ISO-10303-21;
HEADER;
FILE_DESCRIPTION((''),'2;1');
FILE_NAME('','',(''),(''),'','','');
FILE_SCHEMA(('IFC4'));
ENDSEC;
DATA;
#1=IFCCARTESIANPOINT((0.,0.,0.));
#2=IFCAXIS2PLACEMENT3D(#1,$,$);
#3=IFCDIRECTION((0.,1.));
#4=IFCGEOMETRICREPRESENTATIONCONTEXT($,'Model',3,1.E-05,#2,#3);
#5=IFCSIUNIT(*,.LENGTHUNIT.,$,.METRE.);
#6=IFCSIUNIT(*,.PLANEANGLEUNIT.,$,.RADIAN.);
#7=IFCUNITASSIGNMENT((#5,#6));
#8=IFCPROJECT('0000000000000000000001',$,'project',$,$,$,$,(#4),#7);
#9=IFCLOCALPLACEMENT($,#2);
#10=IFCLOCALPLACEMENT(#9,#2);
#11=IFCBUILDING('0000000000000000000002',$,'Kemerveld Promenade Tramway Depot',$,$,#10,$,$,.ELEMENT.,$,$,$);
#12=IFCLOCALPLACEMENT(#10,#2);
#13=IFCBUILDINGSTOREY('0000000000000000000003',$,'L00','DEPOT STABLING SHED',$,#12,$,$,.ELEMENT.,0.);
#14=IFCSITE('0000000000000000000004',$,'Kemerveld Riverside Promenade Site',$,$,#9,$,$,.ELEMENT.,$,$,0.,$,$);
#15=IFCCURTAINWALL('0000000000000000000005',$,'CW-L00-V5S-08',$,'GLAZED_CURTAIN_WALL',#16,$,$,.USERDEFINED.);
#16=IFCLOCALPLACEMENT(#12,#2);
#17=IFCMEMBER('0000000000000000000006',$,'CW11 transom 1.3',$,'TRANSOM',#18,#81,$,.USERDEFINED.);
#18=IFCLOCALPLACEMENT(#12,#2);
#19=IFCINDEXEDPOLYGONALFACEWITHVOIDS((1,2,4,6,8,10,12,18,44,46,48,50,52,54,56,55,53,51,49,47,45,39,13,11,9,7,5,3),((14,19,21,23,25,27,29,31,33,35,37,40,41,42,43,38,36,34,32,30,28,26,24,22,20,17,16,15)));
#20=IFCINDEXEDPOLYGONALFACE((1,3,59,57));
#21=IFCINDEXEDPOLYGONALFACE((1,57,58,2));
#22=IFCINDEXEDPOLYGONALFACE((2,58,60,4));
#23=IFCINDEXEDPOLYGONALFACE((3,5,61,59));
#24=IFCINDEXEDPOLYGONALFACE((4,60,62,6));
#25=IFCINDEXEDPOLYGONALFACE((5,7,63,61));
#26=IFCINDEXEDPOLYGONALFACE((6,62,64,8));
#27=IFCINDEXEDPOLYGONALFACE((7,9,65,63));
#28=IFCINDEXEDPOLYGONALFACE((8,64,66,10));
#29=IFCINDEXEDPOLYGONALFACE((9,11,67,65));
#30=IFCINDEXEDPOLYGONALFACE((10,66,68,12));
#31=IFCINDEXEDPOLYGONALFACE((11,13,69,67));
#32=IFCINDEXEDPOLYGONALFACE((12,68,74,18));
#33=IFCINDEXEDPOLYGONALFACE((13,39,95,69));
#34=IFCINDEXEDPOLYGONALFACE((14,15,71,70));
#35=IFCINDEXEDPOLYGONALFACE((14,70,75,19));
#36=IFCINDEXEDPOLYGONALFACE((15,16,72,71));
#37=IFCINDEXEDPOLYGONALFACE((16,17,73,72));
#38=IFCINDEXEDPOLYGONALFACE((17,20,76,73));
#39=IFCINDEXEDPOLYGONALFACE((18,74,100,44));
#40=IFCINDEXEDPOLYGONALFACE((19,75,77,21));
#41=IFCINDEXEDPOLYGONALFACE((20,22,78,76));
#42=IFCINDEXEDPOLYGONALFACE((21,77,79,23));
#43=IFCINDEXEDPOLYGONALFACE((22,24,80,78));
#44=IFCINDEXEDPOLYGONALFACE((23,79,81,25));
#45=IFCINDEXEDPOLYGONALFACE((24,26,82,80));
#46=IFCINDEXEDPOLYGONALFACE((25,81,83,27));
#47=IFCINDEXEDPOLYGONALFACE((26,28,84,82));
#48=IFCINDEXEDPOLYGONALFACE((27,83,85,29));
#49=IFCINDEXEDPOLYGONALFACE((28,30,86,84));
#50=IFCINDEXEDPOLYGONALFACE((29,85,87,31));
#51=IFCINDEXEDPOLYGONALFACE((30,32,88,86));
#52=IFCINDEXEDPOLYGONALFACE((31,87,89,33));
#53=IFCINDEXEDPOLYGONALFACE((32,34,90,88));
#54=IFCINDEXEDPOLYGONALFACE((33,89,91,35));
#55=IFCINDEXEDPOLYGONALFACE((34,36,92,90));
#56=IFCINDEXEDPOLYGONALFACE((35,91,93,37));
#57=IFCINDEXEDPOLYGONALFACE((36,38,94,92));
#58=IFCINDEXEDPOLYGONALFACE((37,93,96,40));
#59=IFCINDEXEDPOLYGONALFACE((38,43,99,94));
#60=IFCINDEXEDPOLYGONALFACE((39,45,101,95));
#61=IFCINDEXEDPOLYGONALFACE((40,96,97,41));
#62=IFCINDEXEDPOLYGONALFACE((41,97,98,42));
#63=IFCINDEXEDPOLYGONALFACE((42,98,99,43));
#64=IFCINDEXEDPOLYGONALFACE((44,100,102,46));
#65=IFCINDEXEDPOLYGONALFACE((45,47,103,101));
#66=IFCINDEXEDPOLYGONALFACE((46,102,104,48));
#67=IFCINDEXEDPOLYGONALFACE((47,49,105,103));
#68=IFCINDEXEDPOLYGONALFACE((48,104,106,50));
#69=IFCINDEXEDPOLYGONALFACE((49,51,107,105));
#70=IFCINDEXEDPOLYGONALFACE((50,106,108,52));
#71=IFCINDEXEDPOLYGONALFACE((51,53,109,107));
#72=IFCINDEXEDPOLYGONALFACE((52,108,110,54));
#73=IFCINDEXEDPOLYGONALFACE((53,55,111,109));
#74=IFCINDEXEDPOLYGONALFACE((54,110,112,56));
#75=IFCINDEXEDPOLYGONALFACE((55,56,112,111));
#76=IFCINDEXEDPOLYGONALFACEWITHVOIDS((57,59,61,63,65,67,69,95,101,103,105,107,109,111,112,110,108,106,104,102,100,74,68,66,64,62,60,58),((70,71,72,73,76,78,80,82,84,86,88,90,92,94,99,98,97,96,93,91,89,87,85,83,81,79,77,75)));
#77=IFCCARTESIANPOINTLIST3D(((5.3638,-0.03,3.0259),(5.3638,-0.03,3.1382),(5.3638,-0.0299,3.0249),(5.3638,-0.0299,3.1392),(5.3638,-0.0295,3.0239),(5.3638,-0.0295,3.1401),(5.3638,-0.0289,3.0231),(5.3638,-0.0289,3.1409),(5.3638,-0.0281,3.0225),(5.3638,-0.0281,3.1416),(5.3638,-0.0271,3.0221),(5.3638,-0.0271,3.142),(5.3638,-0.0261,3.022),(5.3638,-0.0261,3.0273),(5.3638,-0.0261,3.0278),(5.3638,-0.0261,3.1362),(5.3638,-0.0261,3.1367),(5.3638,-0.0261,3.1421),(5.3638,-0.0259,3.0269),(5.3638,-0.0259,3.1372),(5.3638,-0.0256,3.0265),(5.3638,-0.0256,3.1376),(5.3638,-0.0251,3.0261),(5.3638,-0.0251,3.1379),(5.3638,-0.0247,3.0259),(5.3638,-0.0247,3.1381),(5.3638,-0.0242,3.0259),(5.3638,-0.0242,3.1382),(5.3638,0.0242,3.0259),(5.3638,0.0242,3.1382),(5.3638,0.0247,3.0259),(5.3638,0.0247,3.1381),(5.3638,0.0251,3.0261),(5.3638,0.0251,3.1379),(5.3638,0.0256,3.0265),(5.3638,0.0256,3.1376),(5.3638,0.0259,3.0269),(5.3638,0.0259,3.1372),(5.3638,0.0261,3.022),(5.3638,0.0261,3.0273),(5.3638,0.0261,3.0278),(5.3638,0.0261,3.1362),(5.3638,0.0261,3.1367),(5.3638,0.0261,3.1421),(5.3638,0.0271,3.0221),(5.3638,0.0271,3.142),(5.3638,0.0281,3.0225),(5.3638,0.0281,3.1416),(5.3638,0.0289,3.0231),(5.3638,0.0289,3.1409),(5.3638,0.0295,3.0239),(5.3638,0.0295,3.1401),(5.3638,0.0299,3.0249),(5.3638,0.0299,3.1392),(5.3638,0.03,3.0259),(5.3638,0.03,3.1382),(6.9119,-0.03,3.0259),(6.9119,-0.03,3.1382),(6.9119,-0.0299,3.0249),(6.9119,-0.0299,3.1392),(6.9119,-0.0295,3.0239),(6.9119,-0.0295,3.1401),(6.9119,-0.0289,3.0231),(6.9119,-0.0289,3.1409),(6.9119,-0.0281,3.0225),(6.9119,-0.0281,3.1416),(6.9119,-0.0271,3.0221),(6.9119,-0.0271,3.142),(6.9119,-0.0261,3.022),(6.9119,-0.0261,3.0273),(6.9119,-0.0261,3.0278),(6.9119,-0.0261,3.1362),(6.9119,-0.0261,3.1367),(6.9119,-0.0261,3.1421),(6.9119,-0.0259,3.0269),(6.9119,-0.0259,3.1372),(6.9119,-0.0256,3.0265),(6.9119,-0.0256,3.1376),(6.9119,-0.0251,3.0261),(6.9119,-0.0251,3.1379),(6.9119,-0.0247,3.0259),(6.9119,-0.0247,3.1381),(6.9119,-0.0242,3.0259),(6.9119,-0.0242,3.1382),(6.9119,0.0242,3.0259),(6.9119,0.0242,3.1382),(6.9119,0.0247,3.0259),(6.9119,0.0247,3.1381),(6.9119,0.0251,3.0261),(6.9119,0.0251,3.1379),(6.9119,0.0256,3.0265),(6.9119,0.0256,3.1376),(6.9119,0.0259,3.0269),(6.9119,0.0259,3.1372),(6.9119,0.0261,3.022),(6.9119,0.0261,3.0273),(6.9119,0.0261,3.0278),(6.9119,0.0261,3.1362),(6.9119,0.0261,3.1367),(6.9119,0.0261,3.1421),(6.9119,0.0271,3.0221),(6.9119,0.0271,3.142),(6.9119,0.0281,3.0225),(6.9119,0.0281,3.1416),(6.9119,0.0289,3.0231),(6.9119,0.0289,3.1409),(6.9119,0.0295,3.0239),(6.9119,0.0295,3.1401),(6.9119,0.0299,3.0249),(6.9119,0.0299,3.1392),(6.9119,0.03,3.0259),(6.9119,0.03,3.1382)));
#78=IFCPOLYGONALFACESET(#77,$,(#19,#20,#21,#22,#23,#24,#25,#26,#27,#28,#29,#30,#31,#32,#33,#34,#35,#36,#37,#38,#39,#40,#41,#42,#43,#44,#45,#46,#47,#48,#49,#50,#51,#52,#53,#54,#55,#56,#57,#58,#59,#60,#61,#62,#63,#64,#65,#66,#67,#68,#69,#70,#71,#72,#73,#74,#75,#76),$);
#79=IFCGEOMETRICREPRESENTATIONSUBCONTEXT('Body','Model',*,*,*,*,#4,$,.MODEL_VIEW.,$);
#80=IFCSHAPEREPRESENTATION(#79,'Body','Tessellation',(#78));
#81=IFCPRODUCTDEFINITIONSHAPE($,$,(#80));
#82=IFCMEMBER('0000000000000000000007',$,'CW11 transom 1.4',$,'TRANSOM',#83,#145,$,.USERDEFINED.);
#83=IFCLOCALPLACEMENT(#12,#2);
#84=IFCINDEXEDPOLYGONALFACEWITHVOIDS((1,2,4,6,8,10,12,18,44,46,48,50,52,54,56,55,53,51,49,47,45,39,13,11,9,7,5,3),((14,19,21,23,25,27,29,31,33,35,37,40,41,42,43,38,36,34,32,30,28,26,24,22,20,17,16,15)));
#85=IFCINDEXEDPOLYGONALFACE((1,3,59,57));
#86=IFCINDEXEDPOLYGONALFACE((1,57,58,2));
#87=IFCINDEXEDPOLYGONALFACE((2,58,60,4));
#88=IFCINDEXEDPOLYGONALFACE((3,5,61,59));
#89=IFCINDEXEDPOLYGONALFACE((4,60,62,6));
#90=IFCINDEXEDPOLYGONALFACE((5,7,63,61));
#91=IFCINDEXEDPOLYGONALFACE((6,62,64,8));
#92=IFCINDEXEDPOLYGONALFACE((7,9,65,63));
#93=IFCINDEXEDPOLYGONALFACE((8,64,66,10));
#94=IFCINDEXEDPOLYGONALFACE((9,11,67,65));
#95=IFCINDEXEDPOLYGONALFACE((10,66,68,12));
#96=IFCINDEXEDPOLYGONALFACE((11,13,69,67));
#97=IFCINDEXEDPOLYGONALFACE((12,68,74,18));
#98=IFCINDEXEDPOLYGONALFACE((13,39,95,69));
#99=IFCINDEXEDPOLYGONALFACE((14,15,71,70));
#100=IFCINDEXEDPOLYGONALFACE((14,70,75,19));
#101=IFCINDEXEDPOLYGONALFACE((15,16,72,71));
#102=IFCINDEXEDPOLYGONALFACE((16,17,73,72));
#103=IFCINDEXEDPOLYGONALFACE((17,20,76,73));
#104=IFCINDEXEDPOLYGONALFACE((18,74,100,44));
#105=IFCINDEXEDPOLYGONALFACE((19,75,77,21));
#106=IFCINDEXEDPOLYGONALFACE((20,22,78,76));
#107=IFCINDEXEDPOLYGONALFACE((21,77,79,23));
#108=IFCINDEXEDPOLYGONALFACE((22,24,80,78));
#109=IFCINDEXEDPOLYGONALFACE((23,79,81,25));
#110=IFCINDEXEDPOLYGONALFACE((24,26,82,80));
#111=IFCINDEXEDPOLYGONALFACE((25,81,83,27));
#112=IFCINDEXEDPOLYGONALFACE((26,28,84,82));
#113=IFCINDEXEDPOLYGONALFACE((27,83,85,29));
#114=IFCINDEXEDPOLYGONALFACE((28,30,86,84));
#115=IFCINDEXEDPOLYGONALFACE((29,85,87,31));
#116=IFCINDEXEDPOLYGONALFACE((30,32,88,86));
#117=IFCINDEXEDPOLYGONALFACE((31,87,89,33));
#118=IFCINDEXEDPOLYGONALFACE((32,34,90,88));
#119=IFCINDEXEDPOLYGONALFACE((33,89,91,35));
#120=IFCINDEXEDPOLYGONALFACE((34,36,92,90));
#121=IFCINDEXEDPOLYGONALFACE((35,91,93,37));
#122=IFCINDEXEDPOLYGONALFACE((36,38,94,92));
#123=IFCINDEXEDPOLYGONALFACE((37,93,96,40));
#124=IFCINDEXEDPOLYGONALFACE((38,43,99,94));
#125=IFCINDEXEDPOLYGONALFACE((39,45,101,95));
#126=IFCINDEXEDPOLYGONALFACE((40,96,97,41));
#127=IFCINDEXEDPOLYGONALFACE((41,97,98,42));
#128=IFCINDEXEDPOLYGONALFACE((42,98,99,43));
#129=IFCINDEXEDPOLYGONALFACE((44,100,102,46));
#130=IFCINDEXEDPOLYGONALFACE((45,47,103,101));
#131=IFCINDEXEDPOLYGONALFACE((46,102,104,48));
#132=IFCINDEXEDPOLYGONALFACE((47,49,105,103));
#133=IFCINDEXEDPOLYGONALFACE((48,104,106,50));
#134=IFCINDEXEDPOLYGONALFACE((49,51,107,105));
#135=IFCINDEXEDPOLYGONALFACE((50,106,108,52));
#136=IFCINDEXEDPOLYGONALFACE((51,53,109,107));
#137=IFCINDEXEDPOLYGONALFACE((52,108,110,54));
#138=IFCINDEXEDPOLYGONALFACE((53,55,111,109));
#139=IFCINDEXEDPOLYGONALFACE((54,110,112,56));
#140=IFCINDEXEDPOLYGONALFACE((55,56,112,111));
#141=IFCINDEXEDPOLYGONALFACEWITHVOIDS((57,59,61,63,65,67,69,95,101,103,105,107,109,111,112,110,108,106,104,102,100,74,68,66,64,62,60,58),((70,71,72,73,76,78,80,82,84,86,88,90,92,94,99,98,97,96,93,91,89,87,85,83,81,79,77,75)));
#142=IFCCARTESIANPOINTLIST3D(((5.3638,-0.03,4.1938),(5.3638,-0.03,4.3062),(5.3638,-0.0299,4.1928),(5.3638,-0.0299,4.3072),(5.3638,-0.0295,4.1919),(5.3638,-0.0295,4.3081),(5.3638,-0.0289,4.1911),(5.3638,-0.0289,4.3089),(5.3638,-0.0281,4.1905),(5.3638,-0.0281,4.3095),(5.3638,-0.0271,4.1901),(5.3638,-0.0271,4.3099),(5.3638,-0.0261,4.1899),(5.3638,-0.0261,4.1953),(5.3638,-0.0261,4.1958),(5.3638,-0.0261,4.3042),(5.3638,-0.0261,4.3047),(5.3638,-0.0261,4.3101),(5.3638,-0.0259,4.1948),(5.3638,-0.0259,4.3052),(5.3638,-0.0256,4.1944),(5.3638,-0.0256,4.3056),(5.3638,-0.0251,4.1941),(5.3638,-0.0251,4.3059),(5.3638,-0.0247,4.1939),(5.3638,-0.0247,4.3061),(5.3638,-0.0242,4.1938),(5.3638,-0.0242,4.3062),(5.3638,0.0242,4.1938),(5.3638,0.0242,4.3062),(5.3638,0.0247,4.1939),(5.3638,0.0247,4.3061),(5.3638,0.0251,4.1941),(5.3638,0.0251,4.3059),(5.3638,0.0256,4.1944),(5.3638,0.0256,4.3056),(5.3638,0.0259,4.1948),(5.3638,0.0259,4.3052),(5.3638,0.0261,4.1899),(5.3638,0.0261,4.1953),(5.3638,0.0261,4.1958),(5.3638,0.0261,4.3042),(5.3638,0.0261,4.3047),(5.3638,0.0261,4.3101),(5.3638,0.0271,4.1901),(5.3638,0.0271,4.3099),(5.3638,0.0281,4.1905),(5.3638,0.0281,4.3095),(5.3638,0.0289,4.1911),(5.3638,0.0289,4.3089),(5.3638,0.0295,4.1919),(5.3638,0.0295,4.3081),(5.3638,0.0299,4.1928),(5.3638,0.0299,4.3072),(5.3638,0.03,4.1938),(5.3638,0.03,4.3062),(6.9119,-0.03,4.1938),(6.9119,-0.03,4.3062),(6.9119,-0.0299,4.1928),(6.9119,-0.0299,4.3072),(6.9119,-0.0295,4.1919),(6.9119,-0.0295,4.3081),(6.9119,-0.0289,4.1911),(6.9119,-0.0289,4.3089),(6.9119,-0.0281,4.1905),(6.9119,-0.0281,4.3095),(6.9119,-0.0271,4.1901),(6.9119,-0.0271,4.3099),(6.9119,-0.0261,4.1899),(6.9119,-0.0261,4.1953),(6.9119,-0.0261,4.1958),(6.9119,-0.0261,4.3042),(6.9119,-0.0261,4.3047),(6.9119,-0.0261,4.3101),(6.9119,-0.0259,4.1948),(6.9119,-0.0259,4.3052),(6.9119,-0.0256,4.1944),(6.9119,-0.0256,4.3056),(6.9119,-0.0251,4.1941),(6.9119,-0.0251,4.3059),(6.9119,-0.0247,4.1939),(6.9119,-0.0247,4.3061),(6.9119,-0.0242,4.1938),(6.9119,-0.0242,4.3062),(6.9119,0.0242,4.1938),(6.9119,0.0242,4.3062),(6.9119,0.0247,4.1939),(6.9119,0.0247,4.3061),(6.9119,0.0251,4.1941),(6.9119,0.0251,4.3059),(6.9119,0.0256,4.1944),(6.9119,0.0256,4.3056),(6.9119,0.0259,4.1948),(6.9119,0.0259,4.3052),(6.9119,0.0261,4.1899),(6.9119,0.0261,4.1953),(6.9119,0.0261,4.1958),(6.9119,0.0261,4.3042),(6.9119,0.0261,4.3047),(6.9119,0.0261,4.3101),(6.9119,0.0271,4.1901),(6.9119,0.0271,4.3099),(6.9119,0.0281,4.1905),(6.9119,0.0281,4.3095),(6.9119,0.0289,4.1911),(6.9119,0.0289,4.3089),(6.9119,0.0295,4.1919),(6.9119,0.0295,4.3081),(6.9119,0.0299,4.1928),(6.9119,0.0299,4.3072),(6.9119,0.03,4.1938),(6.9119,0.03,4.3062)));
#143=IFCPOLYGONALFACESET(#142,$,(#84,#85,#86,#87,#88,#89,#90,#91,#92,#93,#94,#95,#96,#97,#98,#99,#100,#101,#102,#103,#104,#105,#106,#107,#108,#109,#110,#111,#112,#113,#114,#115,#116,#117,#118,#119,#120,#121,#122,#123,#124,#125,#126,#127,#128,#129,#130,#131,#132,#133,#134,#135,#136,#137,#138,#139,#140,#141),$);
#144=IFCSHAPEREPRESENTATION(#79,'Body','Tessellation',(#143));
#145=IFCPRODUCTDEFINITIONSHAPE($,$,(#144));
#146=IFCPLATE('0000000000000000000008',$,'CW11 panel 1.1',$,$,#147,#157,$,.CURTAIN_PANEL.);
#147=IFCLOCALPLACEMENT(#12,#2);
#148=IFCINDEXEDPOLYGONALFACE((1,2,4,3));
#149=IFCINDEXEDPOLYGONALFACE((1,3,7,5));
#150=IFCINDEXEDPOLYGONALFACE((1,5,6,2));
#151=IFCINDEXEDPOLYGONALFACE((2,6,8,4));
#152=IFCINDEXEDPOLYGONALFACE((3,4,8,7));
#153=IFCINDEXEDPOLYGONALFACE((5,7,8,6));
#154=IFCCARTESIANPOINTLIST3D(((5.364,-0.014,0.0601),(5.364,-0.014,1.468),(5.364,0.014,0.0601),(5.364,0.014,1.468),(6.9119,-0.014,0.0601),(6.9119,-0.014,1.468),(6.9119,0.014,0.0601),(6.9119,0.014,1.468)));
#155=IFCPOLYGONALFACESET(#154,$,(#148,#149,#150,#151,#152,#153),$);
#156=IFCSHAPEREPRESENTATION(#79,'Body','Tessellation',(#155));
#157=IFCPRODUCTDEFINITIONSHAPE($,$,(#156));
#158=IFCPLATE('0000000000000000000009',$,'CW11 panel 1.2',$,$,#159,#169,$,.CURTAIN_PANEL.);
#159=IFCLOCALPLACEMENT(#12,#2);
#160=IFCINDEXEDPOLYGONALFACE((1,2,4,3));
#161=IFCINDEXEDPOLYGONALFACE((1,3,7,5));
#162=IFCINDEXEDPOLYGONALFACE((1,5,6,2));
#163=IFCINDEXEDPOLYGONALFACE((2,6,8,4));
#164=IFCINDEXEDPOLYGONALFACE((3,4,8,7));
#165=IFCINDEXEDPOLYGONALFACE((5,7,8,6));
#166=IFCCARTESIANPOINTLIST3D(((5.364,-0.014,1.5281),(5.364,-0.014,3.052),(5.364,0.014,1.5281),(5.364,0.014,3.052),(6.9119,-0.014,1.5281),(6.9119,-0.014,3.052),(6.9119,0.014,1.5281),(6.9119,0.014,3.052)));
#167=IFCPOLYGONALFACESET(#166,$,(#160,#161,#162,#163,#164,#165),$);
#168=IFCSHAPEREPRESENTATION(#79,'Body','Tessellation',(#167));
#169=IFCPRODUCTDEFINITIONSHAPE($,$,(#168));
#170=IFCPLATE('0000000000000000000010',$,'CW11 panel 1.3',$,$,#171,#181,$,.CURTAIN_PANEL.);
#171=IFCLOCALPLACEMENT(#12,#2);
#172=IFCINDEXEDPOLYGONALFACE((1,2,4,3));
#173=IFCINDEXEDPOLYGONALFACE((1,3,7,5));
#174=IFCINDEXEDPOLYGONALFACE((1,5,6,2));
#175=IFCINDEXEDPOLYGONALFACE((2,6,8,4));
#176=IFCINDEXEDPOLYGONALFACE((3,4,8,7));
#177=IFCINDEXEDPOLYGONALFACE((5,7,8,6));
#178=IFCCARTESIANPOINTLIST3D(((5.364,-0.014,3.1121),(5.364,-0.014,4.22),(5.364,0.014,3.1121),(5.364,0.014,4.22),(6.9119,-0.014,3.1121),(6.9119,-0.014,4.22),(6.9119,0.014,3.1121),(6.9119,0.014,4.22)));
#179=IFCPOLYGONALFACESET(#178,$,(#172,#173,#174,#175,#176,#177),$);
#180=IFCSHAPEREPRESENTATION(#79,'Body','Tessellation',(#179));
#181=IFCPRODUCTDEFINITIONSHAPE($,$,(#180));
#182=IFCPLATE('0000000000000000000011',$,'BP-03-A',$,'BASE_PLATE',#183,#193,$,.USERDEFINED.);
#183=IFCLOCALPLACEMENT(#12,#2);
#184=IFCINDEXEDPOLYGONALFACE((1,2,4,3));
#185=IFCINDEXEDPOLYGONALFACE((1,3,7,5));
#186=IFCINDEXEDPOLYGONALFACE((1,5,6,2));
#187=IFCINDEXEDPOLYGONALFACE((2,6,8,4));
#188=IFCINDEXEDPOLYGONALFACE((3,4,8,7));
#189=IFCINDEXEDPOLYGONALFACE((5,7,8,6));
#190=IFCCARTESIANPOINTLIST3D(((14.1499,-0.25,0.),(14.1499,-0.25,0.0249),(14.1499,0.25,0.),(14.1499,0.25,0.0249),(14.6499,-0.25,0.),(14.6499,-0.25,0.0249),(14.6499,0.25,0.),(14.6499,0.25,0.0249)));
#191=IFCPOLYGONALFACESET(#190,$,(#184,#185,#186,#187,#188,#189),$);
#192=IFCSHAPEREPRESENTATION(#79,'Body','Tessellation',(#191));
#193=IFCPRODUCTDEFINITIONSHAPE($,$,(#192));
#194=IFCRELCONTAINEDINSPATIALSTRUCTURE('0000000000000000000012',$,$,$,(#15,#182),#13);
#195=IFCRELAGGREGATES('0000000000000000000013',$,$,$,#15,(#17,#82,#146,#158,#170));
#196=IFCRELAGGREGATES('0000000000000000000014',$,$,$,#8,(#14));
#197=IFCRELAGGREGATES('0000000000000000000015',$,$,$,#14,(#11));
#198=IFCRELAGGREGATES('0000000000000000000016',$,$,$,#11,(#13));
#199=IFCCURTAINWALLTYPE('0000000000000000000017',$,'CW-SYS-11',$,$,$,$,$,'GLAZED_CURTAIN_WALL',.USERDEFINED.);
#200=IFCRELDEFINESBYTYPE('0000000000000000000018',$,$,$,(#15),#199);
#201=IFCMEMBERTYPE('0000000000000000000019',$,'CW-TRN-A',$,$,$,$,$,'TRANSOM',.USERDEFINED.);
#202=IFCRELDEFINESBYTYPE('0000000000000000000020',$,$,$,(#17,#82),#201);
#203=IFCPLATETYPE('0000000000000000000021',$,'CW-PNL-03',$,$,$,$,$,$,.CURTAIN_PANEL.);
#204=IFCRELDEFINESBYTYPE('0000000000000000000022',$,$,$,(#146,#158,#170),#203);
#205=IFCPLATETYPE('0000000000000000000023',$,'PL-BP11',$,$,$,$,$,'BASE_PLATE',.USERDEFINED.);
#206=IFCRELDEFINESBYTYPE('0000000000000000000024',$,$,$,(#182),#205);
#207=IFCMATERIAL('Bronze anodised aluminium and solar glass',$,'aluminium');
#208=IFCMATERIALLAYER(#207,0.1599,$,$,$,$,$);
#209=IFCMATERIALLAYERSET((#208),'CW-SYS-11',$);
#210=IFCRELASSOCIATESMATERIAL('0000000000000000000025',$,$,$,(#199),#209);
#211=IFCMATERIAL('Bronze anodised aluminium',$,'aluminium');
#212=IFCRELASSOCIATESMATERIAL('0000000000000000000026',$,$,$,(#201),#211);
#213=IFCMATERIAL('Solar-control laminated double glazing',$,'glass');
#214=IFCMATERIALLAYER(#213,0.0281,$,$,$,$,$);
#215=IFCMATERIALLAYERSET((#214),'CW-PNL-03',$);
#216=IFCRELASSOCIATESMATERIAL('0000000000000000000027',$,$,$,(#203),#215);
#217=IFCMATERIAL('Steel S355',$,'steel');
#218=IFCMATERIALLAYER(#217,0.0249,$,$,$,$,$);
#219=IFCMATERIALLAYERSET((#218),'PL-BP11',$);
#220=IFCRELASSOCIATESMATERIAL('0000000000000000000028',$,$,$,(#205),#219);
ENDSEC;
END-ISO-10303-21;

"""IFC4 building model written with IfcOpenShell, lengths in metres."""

from ifc_helpers import new_model, si_unit, direction, frame, origin, origin_2d, place, context, subcontext, project, spatial, rectangle, hollow_rectangle, extrude, material, layer, layer_set, material_profile, profile_set, type_object, element, aggregate, save


model = new_model("IFC4")

# Units and contexts
model_context = context("Model", 3, precision=1e-05, world=origin(), true_north=direction((0.0, 1.0)))
body_context = subcontext(model_context, "Body", "Model", "MODEL_VIEW")
ifc_project = project(units=[si_unit("LENGTHUNIT", "METRE"), si_unit("PLANEANGLEUNIT", "RADIAN")], contexts=[model_context])

# Site, building, storey
site_placement = place(None, origin())
site = spatial("IfcSite", under=ifc_project, at=site_placement, Name="Kemerveld Riverside Promenade Site", CompositionType="ELEMENT", RefElevation=0.0)
building_placement = place(site_placement, origin())
building = spatial("IfcBuilding", under=site, at=building_placement, Name="Kemerveld Promenade Tramway Depot", CompositionType="ELEMENT")
storey_placement = place(building_placement, origin())
storey = spatial("IfcBuildingStorey", under=building, at=storey_placement, Name="L00", Description="DEPOT STABLING SHED", CompositionType="ELEMENT", Elevation=0.0)

# Shared definitions
ifc_material_1 = material(Name="Steel S355", Category="steel")

# Curtain wall, members, plates
ifc_material_2 = material(Name="Bronze anodised aluminium and solar glass", Category="aluminium")
ifc_layer_1 = layer(ifc_material_2, 0.1599)
ifc_layer_set_1 = layer_set([ifc_layer_1], Name="CW-SYS-11")
curtain_wall_type = type_object("IfcCurtainWallType", Name="CW-SYS-11", ElementType="GLAZED_CURTAIN_WALL", PredefinedType="USERDEFINED", material=ifc_layer_set_1)
curtain_wall_placement = place(storey_placement, origin())
curtain_wall = element("IfcCurtainWall", 1, at=curtain_wall_placement, inside=storey, type_object=curtain_wall_type, Name="CW-L00-V5S-08", ObjectType="GLAZED_CURTAIN_WALL", PredefinedType="USERDEFINED")
ifc_material_3 = material(Name="Bronze anodised aluminium", Category="aluminium")
ifc_material_profile_1 = material_profile(ifc_material_3, hollow_rectangle(XDim=0.0601, YDim=0.1201, WallThickness=0.0039, InnerFilletRadius=0.002, OuterFilletRadius=0.0039, at=origin_2d()), Name="CW-TRN-120x60")
ifc_profile_set_1 = profile_set([ifc_material_profile_1], Name="Bronze anodised aluminium")
member_type_1 = type_object("IfcMemberType", Name="CW-TRN-A", ElementType="TRANSOM", PredefinedType="USERDEFINED", material=ifc_profile_set_1)
member_1_placement = place(storey_placement, frame((6.9119, 0.0, 3.082), z_axis=(-1.0, 0.0, 0.0), x_axis=(0.0, -1.0, 0.0)))
member_1 = element("IfcMember", 2, at=member_1_placement, type_object=member_type_1, Name="CW11 transom 1.3", ObjectType="TRANSOM", PredefinedType="USERDEFINED", context=body_context, shape_type="SweptSolid", body=[
    extrude(hollow_rectangle(XDim=0.0601, YDim=0.1201, WallThickness=0.0039, InnerFilletRadius=0.002, OuterFilletRadius=0.0039, at=origin_2d()), origin(), (0.0, 0.0, 1.0), 1.5481),
])
member_2_placement = place(storey_placement, frame((6.9119, 0.0, 4.25), z_axis=(-1.0, 0.0, 0.0), x_axis=(0.0, -1.0, 0.0)))
member_2 = element("IfcMember", 3, at=member_2_placement, type_object=member_type_1, Name="CW11 transom 1.4", ObjectType="TRANSOM", PredefinedType="USERDEFINED", context=body_context, shape_type="SweptSolid", body=[
    extrude(hollow_rectangle(XDim=0.0601, YDim=0.1201, WallThickness=0.0039, InnerFilletRadius=0.002, OuterFilletRadius=0.0039, at=origin_2d()), origin(), (0.0, 0.0, 1.0), 1.5481),
])
ifc_material_4 = material(Name="Solar-control laminated double glazing", Category="glass")
ifc_layer_2 = layer(ifc_material_4, 0.0281)
ifc_layer_set_2 = layer_set([ifc_layer_2], Name="CW-PNL-03")
plate_type_1 = type_object("IfcPlateType", Name="CW-PNL-03", PredefinedType="CURTAIN_PANEL", material=ifc_layer_set_2)
plate_1_placement = place(storey_placement, frame((6.1379, 0.0, 0.0601), z_axis=(0.0, 0.0, 1.0), x_axis=(-1.0, 0.0, 0.0)))
plate_1 = element("IfcPlate", 4, at=plate_1_placement, type_object=plate_type_1, Name="CW11 panel 1.1", PredefinedType="CURTAIN_PANEL", context=body_context, shape_type="SweptSolid", body=[
    extrude(rectangle(XDim=1.5479, YDim=0.0281, at=origin_2d()), origin(), (0.0, 0.0, 1.0), 1.408),
])
plate_2_placement = place(storey_placement, frame((6.1379, 0.0, 1.5281), z_axis=(0.0, 0.0, 1.0), x_axis=(-1.0, 0.0, 0.0)))
plate_2 = element("IfcPlate", 5, at=plate_2_placement, type_object=plate_type_1, Name="CW11 panel 1.2", PredefinedType="CURTAIN_PANEL", context=body_context, shape_type="SweptSolid", body=[
    extrude(rectangle(XDim=1.5479, YDim=0.0281, at=origin_2d()), origin(), (0.0, 0.0, 1.0), 1.5239),
])
plate_3_placement = place(storey_placement, frame((6.1379, 0.0, 3.1121), z_axis=(0.0, 0.0, 1.0), x_axis=(-1.0, 0.0, 0.0)))
plate_3 = element("IfcPlate", 6, at=plate_3_placement, type_object=plate_type_1, Name="CW11 panel 1.3", PredefinedType="CURTAIN_PANEL", context=body_context, shape_type="SweptSolid", body=[
    extrude(rectangle(XDim=1.5479, YDim=0.0281, at=origin_2d()), origin(), (0.0, 0.0, 1.0), 1.1079),
])
aggregate(curtain_wall, [member_1, member_2, plate_1, plate_2, plate_3])

# Plate
ifc_layer_3 = layer(ifc_material_1, 0.0249)
ifc_layer_set_3 = layer_set([ifc_layer_3], Name="PL-BP11")
plate_type_2 = type_object("IfcPlateType", Name="PL-BP11", ElementType="BASE_PLATE", PredefinedType="USERDEFINED", material=ifc_layer_set_3)
plate_4_placement = place(storey_placement, frame((14.3999, 0.0, 0.0), z_axis=(0.0, 0.0, 1.0), x_axis=(1.0, 0.0, 0.0)))
element("IfcPlate", 7, at=plate_4_placement, inside=storey, type_object=plate_type_2, Name="BP-03-A", ObjectType="BASE_PLATE", PredefinedType="USERDEFINED", context=body_context, shape_type="SweptSolid", body=[
    extrude(rectangle(XDim=0.5, YDim=0.5, at=origin_2d()), origin(), (0.0, 0.0, 1.0), 0.0249),
])

save(model, "model.ifc")
